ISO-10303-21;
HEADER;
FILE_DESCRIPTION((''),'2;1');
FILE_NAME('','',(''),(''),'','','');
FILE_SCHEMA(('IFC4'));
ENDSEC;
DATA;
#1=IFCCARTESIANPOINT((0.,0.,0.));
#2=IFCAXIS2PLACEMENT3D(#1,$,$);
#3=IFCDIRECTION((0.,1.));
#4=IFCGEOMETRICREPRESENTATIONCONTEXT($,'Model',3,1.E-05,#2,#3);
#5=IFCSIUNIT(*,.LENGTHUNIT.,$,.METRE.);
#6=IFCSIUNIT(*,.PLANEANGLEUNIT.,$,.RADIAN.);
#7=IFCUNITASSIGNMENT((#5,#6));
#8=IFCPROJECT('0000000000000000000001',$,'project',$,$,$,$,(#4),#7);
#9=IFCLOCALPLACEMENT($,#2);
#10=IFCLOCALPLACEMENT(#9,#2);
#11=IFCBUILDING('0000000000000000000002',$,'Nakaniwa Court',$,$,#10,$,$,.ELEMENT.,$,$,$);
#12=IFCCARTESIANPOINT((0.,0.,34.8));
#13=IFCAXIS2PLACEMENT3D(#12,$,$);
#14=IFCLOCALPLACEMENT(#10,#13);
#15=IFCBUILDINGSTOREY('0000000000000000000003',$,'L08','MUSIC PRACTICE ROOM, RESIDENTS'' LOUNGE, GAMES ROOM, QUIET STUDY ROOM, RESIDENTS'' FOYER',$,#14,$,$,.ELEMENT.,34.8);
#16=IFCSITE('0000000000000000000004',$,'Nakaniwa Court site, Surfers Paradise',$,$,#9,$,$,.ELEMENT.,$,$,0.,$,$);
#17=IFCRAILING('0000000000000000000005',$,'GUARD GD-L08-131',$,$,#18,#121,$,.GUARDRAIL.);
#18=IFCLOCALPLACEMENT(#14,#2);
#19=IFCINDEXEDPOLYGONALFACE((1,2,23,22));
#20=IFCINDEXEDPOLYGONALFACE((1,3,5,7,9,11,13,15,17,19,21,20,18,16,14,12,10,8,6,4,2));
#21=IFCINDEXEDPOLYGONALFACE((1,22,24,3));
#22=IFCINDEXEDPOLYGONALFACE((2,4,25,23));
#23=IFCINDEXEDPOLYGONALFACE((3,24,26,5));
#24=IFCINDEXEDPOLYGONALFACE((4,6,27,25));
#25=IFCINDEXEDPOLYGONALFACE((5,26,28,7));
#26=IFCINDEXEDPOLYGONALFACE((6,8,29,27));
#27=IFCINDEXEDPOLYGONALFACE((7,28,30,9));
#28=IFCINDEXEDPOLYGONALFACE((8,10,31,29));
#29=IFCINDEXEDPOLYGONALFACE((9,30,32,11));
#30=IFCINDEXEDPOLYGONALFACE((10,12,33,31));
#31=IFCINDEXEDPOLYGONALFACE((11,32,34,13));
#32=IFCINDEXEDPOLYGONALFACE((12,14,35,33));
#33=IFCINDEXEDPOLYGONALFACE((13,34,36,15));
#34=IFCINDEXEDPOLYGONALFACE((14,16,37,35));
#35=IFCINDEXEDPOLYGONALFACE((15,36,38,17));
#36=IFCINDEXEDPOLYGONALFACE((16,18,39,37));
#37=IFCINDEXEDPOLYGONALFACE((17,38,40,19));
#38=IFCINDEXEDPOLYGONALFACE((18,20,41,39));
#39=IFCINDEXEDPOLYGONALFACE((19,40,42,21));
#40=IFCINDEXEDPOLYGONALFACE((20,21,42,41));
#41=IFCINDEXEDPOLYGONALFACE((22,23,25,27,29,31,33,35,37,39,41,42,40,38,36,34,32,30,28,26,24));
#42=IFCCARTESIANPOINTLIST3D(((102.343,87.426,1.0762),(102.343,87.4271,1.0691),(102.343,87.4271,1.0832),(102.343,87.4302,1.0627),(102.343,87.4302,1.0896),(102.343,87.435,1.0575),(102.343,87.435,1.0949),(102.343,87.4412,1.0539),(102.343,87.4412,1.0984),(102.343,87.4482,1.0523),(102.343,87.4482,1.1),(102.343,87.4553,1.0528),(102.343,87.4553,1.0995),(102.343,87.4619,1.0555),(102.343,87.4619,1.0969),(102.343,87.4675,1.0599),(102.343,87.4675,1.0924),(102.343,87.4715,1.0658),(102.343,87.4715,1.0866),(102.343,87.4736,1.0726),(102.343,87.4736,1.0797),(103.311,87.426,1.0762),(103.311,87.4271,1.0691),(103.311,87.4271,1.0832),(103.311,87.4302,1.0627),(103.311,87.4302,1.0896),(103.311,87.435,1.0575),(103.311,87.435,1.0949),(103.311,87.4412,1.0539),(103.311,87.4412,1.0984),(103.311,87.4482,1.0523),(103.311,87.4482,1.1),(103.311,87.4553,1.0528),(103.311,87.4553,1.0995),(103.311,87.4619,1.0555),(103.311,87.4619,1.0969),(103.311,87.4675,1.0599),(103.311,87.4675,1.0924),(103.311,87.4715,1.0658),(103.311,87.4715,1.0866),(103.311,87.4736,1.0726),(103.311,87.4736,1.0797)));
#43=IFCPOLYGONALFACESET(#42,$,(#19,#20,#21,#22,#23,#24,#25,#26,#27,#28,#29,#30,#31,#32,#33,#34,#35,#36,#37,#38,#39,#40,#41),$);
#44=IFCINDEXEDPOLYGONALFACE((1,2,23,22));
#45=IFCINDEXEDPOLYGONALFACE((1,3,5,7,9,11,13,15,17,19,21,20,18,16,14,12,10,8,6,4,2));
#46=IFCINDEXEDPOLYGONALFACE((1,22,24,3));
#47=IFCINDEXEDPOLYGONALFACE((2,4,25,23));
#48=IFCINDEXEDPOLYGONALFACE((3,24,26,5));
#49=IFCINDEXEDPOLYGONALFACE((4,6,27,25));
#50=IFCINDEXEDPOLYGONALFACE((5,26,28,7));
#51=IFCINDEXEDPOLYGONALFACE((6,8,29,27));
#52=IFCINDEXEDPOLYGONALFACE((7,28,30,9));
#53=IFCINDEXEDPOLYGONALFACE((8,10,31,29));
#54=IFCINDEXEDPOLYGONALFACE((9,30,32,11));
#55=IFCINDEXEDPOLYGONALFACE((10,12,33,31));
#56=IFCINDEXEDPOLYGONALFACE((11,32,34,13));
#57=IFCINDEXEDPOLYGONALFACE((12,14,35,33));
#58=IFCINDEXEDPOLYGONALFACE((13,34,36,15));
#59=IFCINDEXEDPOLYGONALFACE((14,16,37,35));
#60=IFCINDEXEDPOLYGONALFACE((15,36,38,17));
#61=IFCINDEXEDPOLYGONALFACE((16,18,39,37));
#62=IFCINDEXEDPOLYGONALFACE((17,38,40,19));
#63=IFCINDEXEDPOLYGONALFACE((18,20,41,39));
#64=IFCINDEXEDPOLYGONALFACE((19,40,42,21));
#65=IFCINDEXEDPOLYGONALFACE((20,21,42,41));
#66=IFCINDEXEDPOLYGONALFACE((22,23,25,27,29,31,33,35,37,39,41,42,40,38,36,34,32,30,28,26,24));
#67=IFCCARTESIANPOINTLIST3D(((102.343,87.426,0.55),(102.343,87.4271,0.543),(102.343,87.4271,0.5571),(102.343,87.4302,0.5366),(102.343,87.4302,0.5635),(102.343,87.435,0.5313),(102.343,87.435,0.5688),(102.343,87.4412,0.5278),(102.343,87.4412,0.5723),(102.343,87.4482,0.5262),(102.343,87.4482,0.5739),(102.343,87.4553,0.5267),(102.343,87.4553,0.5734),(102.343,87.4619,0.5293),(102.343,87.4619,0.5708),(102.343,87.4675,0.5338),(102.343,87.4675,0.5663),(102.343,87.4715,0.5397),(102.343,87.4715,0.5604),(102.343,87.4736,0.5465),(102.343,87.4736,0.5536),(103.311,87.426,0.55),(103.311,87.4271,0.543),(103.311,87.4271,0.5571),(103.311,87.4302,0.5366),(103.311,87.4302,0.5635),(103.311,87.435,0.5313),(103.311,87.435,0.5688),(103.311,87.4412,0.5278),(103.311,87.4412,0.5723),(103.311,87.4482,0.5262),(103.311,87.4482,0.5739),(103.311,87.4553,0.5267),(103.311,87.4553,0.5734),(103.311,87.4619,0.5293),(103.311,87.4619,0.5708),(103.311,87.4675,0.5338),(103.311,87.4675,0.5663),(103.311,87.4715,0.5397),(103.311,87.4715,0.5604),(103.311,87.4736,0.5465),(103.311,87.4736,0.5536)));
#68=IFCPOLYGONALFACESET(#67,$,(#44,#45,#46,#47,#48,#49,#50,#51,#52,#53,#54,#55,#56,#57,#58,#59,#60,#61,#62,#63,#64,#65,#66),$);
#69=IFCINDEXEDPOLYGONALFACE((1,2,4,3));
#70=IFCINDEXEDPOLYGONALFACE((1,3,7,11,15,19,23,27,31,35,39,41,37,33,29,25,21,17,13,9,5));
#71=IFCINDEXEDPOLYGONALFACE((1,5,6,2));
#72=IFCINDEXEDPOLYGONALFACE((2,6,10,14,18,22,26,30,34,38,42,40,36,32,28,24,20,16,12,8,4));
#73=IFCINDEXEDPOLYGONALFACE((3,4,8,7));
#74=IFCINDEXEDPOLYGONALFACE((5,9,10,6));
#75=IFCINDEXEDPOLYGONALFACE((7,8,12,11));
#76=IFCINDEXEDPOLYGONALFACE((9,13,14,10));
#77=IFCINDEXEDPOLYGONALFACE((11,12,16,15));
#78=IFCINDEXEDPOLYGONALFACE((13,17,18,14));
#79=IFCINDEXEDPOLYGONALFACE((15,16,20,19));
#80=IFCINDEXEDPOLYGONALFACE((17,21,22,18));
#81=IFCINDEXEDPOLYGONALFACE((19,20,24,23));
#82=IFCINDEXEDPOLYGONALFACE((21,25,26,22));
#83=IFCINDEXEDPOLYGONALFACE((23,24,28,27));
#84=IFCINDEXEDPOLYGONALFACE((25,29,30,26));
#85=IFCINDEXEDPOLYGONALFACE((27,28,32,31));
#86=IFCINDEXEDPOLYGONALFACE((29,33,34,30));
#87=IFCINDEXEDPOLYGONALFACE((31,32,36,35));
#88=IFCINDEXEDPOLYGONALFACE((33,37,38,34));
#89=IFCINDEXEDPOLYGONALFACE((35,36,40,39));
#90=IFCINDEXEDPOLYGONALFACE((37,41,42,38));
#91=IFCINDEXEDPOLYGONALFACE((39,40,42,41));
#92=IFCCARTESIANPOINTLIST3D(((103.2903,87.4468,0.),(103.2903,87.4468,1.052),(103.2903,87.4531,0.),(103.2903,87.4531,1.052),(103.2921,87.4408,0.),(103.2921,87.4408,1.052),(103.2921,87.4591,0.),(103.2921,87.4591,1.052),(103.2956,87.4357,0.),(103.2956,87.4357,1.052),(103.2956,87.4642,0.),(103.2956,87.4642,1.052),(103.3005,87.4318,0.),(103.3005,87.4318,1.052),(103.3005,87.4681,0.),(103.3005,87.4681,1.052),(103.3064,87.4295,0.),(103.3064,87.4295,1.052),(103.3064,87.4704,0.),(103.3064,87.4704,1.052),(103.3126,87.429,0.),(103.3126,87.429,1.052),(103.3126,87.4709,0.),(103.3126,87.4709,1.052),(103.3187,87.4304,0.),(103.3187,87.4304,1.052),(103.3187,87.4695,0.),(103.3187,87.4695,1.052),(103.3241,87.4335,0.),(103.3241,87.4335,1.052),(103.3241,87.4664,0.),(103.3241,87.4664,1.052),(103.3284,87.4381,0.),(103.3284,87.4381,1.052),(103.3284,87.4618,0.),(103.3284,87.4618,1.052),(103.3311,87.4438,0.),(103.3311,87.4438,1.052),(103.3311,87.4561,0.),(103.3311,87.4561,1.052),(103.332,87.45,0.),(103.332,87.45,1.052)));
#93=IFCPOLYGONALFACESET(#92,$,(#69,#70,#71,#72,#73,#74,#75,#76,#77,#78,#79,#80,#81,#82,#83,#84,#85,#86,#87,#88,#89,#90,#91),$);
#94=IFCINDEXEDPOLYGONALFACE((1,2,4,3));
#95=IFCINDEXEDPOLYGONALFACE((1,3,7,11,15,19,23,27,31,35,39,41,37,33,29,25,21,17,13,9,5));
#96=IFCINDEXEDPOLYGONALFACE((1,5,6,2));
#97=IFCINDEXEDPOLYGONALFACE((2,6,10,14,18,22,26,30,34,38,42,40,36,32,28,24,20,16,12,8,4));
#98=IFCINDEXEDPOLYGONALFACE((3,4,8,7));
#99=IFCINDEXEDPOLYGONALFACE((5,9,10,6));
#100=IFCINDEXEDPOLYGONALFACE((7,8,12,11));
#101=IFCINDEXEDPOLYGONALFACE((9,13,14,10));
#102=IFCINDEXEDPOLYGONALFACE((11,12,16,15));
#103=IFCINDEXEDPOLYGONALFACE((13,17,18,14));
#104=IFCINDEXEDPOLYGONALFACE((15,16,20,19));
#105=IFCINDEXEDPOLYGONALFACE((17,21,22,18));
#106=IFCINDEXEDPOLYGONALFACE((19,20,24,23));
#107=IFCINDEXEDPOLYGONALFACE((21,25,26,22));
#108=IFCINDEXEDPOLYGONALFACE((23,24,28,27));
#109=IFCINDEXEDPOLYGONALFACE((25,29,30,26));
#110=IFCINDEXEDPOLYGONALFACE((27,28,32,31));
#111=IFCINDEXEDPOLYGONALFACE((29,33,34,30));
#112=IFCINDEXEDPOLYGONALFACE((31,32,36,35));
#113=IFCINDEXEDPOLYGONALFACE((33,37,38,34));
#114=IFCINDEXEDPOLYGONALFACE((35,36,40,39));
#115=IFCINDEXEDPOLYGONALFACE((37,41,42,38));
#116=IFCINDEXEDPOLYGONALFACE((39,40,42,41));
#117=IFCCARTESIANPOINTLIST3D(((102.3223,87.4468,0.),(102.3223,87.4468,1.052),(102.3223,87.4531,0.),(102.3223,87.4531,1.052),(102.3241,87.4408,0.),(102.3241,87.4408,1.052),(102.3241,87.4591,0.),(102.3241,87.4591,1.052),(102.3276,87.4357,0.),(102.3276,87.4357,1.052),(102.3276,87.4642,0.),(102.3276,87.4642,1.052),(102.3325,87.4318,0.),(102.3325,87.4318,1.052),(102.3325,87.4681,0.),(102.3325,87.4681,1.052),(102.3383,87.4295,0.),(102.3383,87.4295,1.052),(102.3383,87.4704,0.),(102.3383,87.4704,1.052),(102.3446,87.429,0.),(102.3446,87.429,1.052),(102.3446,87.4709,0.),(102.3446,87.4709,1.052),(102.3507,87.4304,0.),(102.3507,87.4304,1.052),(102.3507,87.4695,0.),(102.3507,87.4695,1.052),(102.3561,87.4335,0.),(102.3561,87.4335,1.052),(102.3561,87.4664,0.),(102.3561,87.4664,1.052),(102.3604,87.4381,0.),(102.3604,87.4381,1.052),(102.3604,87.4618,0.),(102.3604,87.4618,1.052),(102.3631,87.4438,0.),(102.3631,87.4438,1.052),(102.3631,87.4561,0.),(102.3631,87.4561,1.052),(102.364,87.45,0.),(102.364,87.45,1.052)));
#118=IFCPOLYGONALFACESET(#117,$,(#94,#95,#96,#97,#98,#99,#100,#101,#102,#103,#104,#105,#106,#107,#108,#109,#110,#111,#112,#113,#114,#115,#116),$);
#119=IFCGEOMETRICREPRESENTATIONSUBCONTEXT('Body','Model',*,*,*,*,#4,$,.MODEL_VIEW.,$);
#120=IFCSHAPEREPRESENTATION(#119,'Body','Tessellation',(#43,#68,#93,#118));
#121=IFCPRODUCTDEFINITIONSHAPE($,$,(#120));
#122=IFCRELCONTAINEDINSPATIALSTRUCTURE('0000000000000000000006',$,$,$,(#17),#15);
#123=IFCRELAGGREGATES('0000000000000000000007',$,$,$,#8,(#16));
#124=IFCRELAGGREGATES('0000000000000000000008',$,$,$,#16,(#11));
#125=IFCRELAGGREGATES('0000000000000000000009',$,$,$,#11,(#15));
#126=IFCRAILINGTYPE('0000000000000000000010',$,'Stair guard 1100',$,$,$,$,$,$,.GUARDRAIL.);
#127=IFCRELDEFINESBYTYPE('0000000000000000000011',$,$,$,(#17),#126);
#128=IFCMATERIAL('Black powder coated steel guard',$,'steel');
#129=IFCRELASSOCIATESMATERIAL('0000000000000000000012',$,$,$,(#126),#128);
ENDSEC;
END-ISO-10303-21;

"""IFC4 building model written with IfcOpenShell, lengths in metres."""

from ifc_helpers import new_model, si_unit, direction, frame, origin, origin_2d, place, context, subcontext, project, spatial, circle, extrude, material, type_object, element, save


model = new_model("IFC4")

# Units and contexts
model_context = context("Model", 3, precision=1e-05, world=origin(), true_north=direction((0.0, 1.0)))
body_context = subcontext(model_context, "Body", "Model", "MODEL_VIEW")
ifc_project = project(units=[si_unit("LENGTHUNIT", "METRE"), si_unit("PLANEANGLEUNIT", "RADIAN")], contexts=[model_context])

# Site, building, storey
site_placement = place(None, origin())
site = spatial("IfcSite", under=ifc_project, at=site_placement, Name="Nakaniwa Court site, Surfers Paradise", CompositionType="ELEMENT", RefElevation=0.0)
building_placement = place(site_placement, origin())
building = spatial("IfcBuilding", under=site, at=building_placement, Name="Nakaniwa Court", CompositionType="ELEMENT")
storey_placement = place(building_placement, frame((0.0, 0.0, 34.8)))
storey = spatial("IfcBuildingStorey", under=building, at=storey_placement, Name="L08", Description="MUSIC PRACTICE ROOM, RESIDENTS' LOUNGE, GAMES ROOM, QUIET STUDY ROOM, RESIDENTS' FOYER", CompositionType="ELEMENT", Elevation=34.8)

# Railing
ifc_material_1 = material(Name="Black powder coated steel guard", Category="steel")
railing_type = type_object("IfcRailingType", Name="Stair guard 1100", PredefinedType="GUARDRAIL", material=ifc_material_1)
railing_1_placement = place(storey_placement, frame((103.311, 87.45, 0.0)))
element("IfcRailing", 1, at=railing_1_placement, inside=storey, type_object=railing_type, Name="GUARD GD-L08-131", PredefinedType="GUARDRAIL", context=body_context, shape_type="SweptSolid", body=[
    extrude(circle(Radius=0.0239, at=origin_2d()), frame((0.0, 0.0, 1.0762), z_axis=(-1.0, 0.0, 0.0), x_axis=(0.0, -1.0, 0.0)), (0.0, 0.0, 1.0), 0.968),
    extrude(circle(Radius=0.0239, at=origin_2d()), frame((0.0, 0.0, 0.55), z_axis=(-1.0, 0.0, 0.0), x_axis=(0.0, -1.0, 0.0)), (0.0, 0.0, 1.0), 0.968),
    extrude(circle(Radius=0.021, at=origin_2d()), origin(), (0.0, 0.0, 1.0), 1.052),
    extrude(circle(Radius=0.021, at=origin_2d()), frame((-0.968, 0.0, 0.0)), (0.0, 0.0, 1.0), 1.052),
])

save(model, "model.ifc")
